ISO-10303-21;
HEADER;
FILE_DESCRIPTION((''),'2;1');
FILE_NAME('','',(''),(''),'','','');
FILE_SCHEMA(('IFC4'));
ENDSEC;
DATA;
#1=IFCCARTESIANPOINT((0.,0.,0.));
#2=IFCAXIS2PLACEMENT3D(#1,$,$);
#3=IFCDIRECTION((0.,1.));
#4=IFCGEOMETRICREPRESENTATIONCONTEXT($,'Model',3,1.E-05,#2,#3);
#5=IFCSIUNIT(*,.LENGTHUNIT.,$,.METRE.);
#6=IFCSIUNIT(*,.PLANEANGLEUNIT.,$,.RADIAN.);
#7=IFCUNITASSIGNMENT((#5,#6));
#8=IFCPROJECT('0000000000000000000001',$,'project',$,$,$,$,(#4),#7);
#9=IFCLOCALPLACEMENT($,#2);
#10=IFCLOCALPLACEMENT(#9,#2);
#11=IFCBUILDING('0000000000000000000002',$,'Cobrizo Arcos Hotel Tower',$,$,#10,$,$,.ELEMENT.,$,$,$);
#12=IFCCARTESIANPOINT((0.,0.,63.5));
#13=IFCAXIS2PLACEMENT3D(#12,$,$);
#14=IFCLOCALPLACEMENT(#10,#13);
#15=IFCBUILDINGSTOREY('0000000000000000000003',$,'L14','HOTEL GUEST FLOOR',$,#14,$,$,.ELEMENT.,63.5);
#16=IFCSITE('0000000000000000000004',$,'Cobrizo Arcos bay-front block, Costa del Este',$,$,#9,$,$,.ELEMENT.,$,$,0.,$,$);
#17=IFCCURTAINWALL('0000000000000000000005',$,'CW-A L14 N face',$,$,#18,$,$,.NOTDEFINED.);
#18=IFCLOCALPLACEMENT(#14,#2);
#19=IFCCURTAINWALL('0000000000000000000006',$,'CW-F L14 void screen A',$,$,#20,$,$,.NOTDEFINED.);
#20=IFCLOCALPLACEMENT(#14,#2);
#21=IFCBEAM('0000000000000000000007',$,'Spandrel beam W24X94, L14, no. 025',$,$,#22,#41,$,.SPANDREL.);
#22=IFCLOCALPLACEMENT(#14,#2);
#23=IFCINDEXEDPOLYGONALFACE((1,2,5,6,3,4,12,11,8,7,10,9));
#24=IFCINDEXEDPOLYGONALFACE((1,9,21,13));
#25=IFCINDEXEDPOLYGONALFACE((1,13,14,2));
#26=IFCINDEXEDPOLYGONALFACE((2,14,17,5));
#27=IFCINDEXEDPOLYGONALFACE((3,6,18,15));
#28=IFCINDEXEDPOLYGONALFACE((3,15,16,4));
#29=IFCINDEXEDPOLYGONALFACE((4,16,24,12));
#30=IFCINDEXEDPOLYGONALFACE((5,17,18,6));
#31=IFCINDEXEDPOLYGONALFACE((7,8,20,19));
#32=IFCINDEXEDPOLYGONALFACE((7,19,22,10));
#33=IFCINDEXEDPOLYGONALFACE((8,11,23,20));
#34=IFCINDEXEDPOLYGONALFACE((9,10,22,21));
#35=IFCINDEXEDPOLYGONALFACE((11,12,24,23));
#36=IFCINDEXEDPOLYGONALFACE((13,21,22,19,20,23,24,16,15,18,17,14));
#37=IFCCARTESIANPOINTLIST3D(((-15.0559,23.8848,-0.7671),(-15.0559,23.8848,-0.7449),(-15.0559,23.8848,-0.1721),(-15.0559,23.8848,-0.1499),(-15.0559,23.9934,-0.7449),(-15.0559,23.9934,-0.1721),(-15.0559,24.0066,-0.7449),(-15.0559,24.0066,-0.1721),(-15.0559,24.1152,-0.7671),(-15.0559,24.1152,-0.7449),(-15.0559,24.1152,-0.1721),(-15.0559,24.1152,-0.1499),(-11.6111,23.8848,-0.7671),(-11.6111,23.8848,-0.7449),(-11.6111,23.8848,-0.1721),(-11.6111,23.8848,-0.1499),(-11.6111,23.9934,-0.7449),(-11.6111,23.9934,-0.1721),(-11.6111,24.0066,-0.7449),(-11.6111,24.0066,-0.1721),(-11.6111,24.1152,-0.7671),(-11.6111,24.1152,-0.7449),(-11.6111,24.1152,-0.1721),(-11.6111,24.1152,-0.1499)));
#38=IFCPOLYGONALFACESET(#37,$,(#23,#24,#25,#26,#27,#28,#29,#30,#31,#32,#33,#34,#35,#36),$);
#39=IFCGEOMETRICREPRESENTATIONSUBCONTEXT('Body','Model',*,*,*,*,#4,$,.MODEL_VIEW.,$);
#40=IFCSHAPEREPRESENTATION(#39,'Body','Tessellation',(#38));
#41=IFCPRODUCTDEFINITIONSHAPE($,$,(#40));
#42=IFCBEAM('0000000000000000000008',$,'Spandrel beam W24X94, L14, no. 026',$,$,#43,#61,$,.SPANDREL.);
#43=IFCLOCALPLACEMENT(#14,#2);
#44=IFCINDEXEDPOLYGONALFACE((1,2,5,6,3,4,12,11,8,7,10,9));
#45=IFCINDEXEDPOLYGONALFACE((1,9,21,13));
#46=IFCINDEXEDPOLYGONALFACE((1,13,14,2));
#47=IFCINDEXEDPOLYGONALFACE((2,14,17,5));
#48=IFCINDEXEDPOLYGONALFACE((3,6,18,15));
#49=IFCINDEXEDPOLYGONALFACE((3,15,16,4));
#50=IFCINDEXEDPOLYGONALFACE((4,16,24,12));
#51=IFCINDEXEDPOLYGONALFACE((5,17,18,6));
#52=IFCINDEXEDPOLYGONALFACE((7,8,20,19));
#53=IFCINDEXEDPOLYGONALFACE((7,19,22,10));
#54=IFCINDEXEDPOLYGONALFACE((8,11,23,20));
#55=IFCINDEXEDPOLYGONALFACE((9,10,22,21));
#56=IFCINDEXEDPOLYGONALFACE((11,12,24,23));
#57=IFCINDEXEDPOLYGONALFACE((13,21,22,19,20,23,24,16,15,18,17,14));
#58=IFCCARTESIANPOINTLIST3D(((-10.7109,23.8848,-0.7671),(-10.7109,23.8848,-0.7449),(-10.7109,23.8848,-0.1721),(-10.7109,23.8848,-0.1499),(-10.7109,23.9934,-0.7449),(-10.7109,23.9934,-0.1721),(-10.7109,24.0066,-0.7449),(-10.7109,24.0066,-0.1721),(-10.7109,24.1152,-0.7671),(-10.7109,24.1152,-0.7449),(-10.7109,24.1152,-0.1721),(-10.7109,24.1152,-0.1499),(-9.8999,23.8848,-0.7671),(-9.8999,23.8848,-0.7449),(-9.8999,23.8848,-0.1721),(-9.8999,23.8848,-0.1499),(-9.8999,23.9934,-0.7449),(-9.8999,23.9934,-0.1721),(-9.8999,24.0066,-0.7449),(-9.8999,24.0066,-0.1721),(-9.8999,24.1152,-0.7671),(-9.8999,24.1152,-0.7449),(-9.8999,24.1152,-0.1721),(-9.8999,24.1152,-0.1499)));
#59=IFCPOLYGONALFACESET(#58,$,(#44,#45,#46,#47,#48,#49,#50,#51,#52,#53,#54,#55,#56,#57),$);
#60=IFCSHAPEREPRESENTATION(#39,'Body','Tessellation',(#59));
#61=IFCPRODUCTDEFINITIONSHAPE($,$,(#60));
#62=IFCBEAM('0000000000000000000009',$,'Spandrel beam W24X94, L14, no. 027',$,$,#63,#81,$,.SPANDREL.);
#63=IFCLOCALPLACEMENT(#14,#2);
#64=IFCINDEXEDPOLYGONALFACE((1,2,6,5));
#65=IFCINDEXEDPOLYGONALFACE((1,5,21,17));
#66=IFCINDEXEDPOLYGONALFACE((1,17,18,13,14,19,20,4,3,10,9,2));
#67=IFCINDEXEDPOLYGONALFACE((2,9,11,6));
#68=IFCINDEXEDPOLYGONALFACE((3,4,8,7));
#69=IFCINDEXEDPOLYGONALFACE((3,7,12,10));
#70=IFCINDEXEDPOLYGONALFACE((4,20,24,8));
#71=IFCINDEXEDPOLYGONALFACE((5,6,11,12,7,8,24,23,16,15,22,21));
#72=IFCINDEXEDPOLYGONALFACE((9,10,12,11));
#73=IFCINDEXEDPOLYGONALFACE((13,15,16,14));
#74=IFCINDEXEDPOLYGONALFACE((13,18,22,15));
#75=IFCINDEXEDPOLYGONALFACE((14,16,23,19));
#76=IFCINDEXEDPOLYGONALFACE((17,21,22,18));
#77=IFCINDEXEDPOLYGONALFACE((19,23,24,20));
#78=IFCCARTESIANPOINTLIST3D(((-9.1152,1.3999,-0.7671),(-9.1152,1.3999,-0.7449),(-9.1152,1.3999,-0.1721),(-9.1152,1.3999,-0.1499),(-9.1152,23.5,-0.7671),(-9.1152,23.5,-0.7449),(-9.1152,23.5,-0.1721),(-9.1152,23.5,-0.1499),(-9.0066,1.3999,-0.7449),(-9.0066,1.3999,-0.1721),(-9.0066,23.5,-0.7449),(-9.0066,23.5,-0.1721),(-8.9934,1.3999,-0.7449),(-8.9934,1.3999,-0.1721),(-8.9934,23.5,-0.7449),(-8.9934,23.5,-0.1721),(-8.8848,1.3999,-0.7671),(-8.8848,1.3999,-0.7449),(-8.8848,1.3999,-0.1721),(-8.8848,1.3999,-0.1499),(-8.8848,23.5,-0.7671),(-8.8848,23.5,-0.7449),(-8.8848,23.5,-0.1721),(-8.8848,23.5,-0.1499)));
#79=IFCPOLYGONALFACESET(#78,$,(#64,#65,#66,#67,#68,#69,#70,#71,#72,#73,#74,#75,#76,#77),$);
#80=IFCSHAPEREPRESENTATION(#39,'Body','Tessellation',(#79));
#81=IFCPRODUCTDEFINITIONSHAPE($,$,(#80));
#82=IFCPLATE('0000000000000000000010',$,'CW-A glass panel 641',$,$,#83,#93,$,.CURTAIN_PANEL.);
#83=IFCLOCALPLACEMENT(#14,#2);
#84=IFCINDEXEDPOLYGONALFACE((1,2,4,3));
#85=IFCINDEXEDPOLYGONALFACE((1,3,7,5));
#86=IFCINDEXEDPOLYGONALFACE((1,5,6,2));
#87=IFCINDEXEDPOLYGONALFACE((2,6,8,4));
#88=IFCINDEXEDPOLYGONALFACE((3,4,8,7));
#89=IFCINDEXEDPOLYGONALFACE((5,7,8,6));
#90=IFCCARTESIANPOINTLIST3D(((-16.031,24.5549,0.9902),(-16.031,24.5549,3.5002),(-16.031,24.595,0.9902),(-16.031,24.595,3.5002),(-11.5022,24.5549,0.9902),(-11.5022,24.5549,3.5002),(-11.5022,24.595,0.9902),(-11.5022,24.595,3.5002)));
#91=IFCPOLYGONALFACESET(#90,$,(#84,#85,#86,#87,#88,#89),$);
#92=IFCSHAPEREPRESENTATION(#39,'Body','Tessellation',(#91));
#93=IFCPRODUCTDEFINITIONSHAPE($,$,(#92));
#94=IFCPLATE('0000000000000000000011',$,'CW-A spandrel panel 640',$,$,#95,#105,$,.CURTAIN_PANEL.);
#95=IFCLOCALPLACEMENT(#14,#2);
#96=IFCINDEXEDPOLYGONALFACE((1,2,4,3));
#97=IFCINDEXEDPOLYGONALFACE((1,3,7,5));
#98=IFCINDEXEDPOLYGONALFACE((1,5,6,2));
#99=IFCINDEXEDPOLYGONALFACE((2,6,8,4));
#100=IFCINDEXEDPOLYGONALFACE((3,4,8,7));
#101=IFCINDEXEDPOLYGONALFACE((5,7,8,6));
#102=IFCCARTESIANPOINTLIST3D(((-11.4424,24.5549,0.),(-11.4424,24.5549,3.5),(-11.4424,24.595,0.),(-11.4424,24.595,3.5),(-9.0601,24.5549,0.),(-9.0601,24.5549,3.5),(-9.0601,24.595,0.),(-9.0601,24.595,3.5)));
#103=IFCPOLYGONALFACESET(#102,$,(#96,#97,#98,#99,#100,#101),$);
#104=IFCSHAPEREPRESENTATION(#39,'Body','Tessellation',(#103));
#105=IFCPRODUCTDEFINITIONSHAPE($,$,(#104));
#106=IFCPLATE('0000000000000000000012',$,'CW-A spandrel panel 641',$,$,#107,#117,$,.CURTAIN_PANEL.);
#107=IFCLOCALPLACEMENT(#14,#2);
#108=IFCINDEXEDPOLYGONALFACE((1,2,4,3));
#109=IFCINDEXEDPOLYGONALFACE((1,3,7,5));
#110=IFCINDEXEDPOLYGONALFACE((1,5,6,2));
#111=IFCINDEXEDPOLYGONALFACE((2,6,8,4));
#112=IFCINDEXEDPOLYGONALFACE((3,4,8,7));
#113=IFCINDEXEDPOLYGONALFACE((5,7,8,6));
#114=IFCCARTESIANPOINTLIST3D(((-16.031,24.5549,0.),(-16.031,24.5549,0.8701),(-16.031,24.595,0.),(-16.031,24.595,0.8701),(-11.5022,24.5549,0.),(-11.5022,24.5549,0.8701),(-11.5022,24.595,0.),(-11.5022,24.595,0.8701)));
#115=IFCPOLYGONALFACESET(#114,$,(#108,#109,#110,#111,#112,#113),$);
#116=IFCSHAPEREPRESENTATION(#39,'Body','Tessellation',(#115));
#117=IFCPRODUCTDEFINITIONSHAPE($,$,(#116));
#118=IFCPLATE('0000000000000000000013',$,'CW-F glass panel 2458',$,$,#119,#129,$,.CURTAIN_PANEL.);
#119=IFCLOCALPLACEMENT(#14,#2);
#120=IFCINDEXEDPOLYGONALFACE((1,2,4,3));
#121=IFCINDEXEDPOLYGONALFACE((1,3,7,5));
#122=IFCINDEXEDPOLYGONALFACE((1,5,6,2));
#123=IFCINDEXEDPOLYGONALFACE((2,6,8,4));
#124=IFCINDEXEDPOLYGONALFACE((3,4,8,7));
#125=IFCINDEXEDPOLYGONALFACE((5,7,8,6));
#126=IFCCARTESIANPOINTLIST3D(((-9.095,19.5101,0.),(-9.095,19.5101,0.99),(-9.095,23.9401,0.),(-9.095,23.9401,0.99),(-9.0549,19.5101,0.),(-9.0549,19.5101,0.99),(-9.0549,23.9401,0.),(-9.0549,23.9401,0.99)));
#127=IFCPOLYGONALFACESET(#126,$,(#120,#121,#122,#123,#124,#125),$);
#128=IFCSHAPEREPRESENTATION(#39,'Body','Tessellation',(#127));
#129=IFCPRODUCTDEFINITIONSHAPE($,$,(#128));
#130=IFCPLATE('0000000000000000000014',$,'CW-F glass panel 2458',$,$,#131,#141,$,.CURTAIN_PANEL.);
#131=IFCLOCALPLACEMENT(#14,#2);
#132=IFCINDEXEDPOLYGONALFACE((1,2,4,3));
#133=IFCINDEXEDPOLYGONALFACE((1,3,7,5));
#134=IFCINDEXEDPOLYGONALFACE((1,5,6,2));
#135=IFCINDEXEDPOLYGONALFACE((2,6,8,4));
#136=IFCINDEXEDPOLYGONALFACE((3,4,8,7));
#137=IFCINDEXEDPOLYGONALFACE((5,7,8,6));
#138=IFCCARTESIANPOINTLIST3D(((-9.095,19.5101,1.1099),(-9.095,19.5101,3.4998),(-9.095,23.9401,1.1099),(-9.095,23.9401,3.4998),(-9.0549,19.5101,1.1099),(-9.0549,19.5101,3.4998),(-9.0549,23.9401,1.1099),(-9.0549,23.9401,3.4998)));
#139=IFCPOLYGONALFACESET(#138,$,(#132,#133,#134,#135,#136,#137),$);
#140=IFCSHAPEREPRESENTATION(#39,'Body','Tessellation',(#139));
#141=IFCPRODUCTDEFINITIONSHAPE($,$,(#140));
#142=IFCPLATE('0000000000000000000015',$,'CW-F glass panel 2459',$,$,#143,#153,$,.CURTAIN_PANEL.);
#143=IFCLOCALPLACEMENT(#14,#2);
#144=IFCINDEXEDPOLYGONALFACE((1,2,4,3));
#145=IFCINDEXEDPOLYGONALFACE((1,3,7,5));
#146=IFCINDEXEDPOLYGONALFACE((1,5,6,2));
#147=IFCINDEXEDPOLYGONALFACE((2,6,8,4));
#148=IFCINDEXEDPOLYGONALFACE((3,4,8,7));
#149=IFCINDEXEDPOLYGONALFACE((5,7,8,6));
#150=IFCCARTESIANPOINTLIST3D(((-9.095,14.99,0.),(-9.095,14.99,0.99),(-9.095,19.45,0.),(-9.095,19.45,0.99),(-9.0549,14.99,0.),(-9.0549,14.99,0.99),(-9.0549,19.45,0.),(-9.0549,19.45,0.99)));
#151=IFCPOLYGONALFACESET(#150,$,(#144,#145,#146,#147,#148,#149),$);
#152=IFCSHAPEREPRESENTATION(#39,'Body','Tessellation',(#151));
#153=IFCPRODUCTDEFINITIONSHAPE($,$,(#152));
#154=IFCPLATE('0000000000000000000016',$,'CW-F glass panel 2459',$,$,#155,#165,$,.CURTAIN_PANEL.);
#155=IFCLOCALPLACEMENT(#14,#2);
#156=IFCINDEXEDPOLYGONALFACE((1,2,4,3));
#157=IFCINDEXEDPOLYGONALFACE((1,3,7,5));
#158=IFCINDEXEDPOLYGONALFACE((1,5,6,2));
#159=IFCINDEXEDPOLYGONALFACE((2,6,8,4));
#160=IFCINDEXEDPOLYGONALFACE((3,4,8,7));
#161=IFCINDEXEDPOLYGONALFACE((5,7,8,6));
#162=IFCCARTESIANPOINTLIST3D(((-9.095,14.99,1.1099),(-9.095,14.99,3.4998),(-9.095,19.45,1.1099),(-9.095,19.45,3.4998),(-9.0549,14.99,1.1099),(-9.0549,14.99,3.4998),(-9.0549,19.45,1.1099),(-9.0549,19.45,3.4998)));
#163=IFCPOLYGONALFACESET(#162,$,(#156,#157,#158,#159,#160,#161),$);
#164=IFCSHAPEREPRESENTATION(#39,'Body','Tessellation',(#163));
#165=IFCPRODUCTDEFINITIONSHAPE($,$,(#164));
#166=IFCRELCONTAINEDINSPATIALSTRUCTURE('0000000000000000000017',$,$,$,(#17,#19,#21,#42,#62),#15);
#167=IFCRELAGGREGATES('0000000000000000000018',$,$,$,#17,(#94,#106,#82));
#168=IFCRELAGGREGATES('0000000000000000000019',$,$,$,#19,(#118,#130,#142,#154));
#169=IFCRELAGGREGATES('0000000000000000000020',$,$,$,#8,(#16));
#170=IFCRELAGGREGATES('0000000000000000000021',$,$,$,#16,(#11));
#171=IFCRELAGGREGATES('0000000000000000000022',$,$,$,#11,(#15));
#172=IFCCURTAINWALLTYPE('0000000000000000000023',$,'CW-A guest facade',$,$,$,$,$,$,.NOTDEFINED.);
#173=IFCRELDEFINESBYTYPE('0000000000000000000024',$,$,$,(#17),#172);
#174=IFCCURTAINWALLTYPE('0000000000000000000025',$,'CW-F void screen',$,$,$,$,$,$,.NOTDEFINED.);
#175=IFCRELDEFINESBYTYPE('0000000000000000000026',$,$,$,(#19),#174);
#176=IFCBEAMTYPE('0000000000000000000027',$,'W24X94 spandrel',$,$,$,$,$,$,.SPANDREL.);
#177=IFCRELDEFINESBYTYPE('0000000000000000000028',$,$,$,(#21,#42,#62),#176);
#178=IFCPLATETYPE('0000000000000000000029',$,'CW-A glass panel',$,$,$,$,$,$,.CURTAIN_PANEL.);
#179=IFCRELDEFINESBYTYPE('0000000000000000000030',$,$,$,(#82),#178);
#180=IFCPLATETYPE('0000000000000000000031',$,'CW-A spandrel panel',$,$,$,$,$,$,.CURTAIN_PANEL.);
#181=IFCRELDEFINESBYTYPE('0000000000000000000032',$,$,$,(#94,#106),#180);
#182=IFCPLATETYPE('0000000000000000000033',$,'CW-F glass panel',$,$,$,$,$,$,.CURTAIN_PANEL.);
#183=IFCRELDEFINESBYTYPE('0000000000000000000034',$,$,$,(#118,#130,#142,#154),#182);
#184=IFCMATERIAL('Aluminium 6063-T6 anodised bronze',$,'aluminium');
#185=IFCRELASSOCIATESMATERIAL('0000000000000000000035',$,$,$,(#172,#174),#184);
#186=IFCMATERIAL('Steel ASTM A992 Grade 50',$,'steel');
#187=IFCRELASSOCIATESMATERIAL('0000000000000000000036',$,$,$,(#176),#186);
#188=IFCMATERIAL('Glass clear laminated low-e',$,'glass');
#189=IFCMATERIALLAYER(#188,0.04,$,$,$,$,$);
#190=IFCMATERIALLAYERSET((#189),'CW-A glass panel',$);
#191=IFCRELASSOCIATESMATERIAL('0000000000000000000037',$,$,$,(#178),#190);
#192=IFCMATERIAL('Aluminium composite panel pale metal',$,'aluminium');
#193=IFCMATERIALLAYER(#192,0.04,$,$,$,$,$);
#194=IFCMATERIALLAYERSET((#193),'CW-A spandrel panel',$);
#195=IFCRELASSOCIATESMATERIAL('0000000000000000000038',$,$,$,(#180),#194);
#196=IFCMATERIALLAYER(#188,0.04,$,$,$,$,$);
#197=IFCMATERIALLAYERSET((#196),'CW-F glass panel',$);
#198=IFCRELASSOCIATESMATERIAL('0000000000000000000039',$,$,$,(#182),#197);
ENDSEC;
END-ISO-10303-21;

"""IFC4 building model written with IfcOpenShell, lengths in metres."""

from ifc_helpers import new_model, si_unit, direction, frame, origin, origin_2d, place, context, subcontext, project, spatial, rectangle, i_section, extrude, material, layer, layer_set, material_profile, profile_set, type_object, element, aggregate, save


model = new_model("IFC4")

# Units and contexts
model_context = context("Model", 3, precision=1e-05, world=origin(), true_north=direction((0.0, 1.0)))
body_context = subcontext(model_context, "Body", "Model", "MODEL_VIEW")
ifc_project = project(units=[si_unit("LENGTHUNIT", "METRE"), si_unit("PLANEANGLEUNIT", "RADIAN")], contexts=[model_context])

# Site, building, storey
site_placement = place(None, origin())
site = spatial("IfcSite", under=ifc_project, at=site_placement, Name="Cobrizo Arcos bay-front block, Costa del Este", CompositionType="ELEMENT", RefElevation=0.0)
building_placement = place(site_placement, origin())
building = spatial("IfcBuilding", under=site, at=building_placement, Name="Cobrizo Arcos Hotel Tower", CompositionType="ELEMENT")
storey_placement = place(building_placement, frame((0.0, 0.0, 63.5)))
storey = spatial("IfcBuildingStorey", under=building, at=storey_placement, Name="L14", Description="HOTEL GUEST FLOOR", CompositionType="ELEMENT", Elevation=63.5)

# Curtain walls
ifc_material_1 = material(Name="Aluminium 6063-T6 anodised bronze", Category="aluminium")
curtain_wall_type_1 = type_object("IfcCurtainWallType", Name="CW-A guest facade", PredefinedType="NOTDEFINED", material=ifc_material_1)
curtain_wall_1_placement = place(storey_placement, origin())
curtain_wall_1 = element("IfcCurtainWall", 1, at=curtain_wall_1_placement, inside=storey, type_object=curtain_wall_type_1, Name="CW-A L14 N face", PredefinedType="NOTDEFINED")
curtain_wall_type_2 = type_object("IfcCurtainWallType", Name="CW-F void screen", PredefinedType="NOTDEFINED", material=ifc_material_1)
curtain_wall_2_placement = place(storey_placement, origin())
curtain_wall_2 = element("IfcCurtainWall", 2, at=curtain_wall_2_placement, inside=storey, type_object=curtain_wall_type_2, Name="CW-F L14 void screen A", PredefinedType="NOTDEFINED")

# Beams
ifc_material_2 = material(Name="Steel ASTM A992 Grade 50", Category="steel")
ifc_material_profile_1 = material_profile(ifc_material_2, i_section(OverallWidth=0.2305, OverallDepth=0.6172, WebThickness=0.0132, FlangeThickness=0.0222, at=origin_2d()), Name="W24X94")
ifc_profile_set_1 = profile_set([ifc_material_profile_1], Name="Steel ASTM A992 Grade 50")
beam_type = type_object("IfcBeamType", Name="W24X94 spandrel", PredefinedType="SPANDREL", material=ifc_profile_set_1)
beam_1_placement = place(storey_placement, frame((-15.0559, 24.0, -0.4585), z_axis=(1.0, 0.0, 0.0), x_axis=(0.0, 1.0, 0.0)))
element("IfcBeam", 3, at=beam_1_placement, inside=storey, type_object=beam_type, Name="Spandrel beam W24X94, L14, no. 025", PredefinedType="SPANDREL", context=body_context, shape_type="SweptSolid", body=[
    extrude(i_section(OverallWidth=0.2305, OverallDepth=0.6172, WebThickness=0.0132, FlangeThickness=0.0222, at=origin_2d()), origin(), (0.0, 0.0, 1.0), 3.4448),
])
beam_2_placement = place(storey_placement, frame((-10.7109, 24.0, -0.4585), z_axis=(1.0, 0.0, 0.0), x_axis=(0.0, 1.0, 0.0)))
element("IfcBeam", 4, at=beam_2_placement, inside=storey, type_object=beam_type, Name="Spandrel beam W24X94, L14, no. 026", PredefinedType="SPANDREL", context=body_context, shape_type="SweptSolid", body=[
    extrude(i_section(OverallWidth=0.2305, OverallDepth=0.6172, WebThickness=0.0132, FlangeThickness=0.0222, at=origin_2d()), origin(), (0.0, 0.0, 1.0), 0.811),
])
beam_3_placement = place(storey_placement, frame((-9.0, 23.5, -0.4585), z_axis=(0.0, -1.0, 0.0), x_axis=(1.0, 0.0, 0.0)))
element("IfcBeam", 5, at=beam_3_placement, inside=storey, type_object=beam_type, Name="Spandrel beam W24X94, L14, no. 027", PredefinedType="SPANDREL", context=body_context, shape_type="SweptSolid", body=[
    extrude(i_section(OverallWidth=0.2305, OverallDepth=0.6172, WebThickness=0.0132, FlangeThickness=0.0222, at=origin_2d()), origin(), (0.0, 0.0, 1.0), 22.1001),
])

# Plates
ifc_material_3 = material(Name="Glass clear laminated low-e", Category="glass")
ifc_layer_1 = layer(ifc_material_3, 0.04)
ifc_layer_set_1 = layer_set([ifc_layer_1], Name="CW-A glass panel")
plate_type_1 = type_object("IfcPlateType", Name="CW-A glass panel", PredefinedType="CURTAIN_PANEL", material=ifc_layer_set_1)
plate_1_placement = place(storey_placement, frame((-13.7666, 24.575, 0.9902), z_axis=(0.0, 0.0, 1.0), x_axis=(-1.0, 0.0, 0.0)))
plate_1 = element("IfcPlate", 6, at=plate_1_placement, type_object=plate_type_1, Name="CW-A glass panel 641", PredefinedType="CURTAIN_PANEL", context=body_context, shape_type="SweptSolid", body=[
    extrude(rectangle(XDim=4.5288, YDim=0.04, at=origin_2d()), origin(), (0.0, 0.0, 1.0), 2.51),
])
ifc_material_4 = material(Name="Aluminium composite panel pale metal", Category="aluminium")
ifc_layer_2 = layer(ifc_material_4, 0.04)
ifc_layer_set_2 = layer_set([ifc_layer_2], Name="CW-A spandrel panel")
plate_type_2 = type_object("IfcPlateType", Name="CW-A spandrel panel", PredefinedType="CURTAIN_PANEL", material=ifc_layer_set_2)
plate_2_placement = place(storey_placement, frame((-10.2512, 24.575, 0.0), z_axis=(0.0, 0.0, 1.0), x_axis=(-1.0, 0.0, 0.0)))
plate_2 = element("IfcPlate", 7, at=plate_2_placement, type_object=plate_type_2, Name="CW-A spandrel panel 640", PredefinedType="CURTAIN_PANEL", context=body_context, shape_type="SweptSolid", body=[
    extrude(rectangle(XDim=2.3823, YDim=0.04, at=origin_2d()), origin(), (0.0, 0.0, 1.0), 3.5),
])
plate_3_placement = place(storey_placement, frame((-13.7666, 24.575, 0.0), z_axis=(0.0, 0.0, 1.0), x_axis=(-1.0, 0.0, 0.0)))
plate_3 = element("IfcPlate", 8, at=plate_3_placement, type_object=plate_type_2, Name="CW-A spandrel panel 641", PredefinedType="CURTAIN_PANEL", context=body_context, shape_type="SweptSolid", body=[
    extrude(rectangle(XDim=4.5288, YDim=0.04, at=origin_2d()), origin(), (0.0, 0.0, 1.0), 0.8701),
])
aggregate(curtain_wall_1, [plate_2, plate_3, plate_1])
ifc_layer_3 = layer(ifc_material_3, 0.04)
ifc_layer_set_3 = layer_set([ifc_layer_3], Name="CW-F glass panel")
plate_type_3 = type_object("IfcPlateType", Name="CW-F glass panel", PredefinedType="CURTAIN_PANEL", material=ifc_layer_set_3)
plate_4_placement = place(storey_placement, frame((-9.075, 21.7251, 0.0), z_axis=(0.0, 0.0, 1.0), x_axis=(0.0, -1.0, 0.0)))
plate_4 = element("IfcPlate", 9, at=plate_4_placement, type_object=plate_type_3, Name="CW-F glass panel 2458", PredefinedType="CURTAIN_PANEL", context=body_context, shape_type="SweptSolid", body=[
    extrude(rectangle(XDim=4.4299, YDim=0.04, at=origin_2d()), origin(), (0.0, 0.0, 1.0), 0.99),
])
plate_5_placement = place(storey_placement, frame((-9.075, 21.7251, 1.1099), z_axis=(0.0, 0.0, 1.0), x_axis=(0.0, -1.0, 0.0)))
plate_5 = element("IfcPlate", 10, at=plate_5_placement, type_object=plate_type_3, Name="CW-F glass panel 2458", PredefinedType="CURTAIN_PANEL", context=body_context, shape_type="SweptSolid", body=[
    extrude(rectangle(XDim=4.4299, YDim=0.04, at=origin_2d()), origin(), (0.0, 0.0, 1.0), 2.3899),
])
plate_6_placement = place(storey_placement, frame((-9.075, 17.22, 0.0), z_axis=(0.0, 0.0, 1.0), x_axis=(0.0, -1.0, 0.0)))
plate_6 = element("IfcPlate", 11, at=plate_6_placement, type_object=plate_type_3, Name="CW-F glass panel 2459", PredefinedType="CURTAIN_PANEL", context=body_context, shape_type="SweptSolid", body=[
    extrude(rectangle(XDim=4.46, YDim=0.04, at=origin_2d()), origin(), (0.0, 0.0, 1.0), 0.99),
])
plate_7_placement = place(storey_placement, frame((-9.075, 17.22, 1.1099), z_axis=(0.0, 0.0, 1.0), x_axis=(0.0, -1.0, 0.0)))
plate_7 = element("IfcPlate", 12, at=plate_7_placement, type_object=plate_type_3, Name="CW-F glass panel 2459", PredefinedType="CURTAIN_PANEL", context=body_context, shape_type="SweptSolid", body=[
    extrude(rectangle(XDim=4.46, YDim=0.04, at=origin_2d()), origin(), (0.0, 0.0, 1.0), 2.3899),
])
aggregate(curtain_wall_2, [plate_4, plate_5, plate_6, plate_7])

save(model, "model.ifc")
